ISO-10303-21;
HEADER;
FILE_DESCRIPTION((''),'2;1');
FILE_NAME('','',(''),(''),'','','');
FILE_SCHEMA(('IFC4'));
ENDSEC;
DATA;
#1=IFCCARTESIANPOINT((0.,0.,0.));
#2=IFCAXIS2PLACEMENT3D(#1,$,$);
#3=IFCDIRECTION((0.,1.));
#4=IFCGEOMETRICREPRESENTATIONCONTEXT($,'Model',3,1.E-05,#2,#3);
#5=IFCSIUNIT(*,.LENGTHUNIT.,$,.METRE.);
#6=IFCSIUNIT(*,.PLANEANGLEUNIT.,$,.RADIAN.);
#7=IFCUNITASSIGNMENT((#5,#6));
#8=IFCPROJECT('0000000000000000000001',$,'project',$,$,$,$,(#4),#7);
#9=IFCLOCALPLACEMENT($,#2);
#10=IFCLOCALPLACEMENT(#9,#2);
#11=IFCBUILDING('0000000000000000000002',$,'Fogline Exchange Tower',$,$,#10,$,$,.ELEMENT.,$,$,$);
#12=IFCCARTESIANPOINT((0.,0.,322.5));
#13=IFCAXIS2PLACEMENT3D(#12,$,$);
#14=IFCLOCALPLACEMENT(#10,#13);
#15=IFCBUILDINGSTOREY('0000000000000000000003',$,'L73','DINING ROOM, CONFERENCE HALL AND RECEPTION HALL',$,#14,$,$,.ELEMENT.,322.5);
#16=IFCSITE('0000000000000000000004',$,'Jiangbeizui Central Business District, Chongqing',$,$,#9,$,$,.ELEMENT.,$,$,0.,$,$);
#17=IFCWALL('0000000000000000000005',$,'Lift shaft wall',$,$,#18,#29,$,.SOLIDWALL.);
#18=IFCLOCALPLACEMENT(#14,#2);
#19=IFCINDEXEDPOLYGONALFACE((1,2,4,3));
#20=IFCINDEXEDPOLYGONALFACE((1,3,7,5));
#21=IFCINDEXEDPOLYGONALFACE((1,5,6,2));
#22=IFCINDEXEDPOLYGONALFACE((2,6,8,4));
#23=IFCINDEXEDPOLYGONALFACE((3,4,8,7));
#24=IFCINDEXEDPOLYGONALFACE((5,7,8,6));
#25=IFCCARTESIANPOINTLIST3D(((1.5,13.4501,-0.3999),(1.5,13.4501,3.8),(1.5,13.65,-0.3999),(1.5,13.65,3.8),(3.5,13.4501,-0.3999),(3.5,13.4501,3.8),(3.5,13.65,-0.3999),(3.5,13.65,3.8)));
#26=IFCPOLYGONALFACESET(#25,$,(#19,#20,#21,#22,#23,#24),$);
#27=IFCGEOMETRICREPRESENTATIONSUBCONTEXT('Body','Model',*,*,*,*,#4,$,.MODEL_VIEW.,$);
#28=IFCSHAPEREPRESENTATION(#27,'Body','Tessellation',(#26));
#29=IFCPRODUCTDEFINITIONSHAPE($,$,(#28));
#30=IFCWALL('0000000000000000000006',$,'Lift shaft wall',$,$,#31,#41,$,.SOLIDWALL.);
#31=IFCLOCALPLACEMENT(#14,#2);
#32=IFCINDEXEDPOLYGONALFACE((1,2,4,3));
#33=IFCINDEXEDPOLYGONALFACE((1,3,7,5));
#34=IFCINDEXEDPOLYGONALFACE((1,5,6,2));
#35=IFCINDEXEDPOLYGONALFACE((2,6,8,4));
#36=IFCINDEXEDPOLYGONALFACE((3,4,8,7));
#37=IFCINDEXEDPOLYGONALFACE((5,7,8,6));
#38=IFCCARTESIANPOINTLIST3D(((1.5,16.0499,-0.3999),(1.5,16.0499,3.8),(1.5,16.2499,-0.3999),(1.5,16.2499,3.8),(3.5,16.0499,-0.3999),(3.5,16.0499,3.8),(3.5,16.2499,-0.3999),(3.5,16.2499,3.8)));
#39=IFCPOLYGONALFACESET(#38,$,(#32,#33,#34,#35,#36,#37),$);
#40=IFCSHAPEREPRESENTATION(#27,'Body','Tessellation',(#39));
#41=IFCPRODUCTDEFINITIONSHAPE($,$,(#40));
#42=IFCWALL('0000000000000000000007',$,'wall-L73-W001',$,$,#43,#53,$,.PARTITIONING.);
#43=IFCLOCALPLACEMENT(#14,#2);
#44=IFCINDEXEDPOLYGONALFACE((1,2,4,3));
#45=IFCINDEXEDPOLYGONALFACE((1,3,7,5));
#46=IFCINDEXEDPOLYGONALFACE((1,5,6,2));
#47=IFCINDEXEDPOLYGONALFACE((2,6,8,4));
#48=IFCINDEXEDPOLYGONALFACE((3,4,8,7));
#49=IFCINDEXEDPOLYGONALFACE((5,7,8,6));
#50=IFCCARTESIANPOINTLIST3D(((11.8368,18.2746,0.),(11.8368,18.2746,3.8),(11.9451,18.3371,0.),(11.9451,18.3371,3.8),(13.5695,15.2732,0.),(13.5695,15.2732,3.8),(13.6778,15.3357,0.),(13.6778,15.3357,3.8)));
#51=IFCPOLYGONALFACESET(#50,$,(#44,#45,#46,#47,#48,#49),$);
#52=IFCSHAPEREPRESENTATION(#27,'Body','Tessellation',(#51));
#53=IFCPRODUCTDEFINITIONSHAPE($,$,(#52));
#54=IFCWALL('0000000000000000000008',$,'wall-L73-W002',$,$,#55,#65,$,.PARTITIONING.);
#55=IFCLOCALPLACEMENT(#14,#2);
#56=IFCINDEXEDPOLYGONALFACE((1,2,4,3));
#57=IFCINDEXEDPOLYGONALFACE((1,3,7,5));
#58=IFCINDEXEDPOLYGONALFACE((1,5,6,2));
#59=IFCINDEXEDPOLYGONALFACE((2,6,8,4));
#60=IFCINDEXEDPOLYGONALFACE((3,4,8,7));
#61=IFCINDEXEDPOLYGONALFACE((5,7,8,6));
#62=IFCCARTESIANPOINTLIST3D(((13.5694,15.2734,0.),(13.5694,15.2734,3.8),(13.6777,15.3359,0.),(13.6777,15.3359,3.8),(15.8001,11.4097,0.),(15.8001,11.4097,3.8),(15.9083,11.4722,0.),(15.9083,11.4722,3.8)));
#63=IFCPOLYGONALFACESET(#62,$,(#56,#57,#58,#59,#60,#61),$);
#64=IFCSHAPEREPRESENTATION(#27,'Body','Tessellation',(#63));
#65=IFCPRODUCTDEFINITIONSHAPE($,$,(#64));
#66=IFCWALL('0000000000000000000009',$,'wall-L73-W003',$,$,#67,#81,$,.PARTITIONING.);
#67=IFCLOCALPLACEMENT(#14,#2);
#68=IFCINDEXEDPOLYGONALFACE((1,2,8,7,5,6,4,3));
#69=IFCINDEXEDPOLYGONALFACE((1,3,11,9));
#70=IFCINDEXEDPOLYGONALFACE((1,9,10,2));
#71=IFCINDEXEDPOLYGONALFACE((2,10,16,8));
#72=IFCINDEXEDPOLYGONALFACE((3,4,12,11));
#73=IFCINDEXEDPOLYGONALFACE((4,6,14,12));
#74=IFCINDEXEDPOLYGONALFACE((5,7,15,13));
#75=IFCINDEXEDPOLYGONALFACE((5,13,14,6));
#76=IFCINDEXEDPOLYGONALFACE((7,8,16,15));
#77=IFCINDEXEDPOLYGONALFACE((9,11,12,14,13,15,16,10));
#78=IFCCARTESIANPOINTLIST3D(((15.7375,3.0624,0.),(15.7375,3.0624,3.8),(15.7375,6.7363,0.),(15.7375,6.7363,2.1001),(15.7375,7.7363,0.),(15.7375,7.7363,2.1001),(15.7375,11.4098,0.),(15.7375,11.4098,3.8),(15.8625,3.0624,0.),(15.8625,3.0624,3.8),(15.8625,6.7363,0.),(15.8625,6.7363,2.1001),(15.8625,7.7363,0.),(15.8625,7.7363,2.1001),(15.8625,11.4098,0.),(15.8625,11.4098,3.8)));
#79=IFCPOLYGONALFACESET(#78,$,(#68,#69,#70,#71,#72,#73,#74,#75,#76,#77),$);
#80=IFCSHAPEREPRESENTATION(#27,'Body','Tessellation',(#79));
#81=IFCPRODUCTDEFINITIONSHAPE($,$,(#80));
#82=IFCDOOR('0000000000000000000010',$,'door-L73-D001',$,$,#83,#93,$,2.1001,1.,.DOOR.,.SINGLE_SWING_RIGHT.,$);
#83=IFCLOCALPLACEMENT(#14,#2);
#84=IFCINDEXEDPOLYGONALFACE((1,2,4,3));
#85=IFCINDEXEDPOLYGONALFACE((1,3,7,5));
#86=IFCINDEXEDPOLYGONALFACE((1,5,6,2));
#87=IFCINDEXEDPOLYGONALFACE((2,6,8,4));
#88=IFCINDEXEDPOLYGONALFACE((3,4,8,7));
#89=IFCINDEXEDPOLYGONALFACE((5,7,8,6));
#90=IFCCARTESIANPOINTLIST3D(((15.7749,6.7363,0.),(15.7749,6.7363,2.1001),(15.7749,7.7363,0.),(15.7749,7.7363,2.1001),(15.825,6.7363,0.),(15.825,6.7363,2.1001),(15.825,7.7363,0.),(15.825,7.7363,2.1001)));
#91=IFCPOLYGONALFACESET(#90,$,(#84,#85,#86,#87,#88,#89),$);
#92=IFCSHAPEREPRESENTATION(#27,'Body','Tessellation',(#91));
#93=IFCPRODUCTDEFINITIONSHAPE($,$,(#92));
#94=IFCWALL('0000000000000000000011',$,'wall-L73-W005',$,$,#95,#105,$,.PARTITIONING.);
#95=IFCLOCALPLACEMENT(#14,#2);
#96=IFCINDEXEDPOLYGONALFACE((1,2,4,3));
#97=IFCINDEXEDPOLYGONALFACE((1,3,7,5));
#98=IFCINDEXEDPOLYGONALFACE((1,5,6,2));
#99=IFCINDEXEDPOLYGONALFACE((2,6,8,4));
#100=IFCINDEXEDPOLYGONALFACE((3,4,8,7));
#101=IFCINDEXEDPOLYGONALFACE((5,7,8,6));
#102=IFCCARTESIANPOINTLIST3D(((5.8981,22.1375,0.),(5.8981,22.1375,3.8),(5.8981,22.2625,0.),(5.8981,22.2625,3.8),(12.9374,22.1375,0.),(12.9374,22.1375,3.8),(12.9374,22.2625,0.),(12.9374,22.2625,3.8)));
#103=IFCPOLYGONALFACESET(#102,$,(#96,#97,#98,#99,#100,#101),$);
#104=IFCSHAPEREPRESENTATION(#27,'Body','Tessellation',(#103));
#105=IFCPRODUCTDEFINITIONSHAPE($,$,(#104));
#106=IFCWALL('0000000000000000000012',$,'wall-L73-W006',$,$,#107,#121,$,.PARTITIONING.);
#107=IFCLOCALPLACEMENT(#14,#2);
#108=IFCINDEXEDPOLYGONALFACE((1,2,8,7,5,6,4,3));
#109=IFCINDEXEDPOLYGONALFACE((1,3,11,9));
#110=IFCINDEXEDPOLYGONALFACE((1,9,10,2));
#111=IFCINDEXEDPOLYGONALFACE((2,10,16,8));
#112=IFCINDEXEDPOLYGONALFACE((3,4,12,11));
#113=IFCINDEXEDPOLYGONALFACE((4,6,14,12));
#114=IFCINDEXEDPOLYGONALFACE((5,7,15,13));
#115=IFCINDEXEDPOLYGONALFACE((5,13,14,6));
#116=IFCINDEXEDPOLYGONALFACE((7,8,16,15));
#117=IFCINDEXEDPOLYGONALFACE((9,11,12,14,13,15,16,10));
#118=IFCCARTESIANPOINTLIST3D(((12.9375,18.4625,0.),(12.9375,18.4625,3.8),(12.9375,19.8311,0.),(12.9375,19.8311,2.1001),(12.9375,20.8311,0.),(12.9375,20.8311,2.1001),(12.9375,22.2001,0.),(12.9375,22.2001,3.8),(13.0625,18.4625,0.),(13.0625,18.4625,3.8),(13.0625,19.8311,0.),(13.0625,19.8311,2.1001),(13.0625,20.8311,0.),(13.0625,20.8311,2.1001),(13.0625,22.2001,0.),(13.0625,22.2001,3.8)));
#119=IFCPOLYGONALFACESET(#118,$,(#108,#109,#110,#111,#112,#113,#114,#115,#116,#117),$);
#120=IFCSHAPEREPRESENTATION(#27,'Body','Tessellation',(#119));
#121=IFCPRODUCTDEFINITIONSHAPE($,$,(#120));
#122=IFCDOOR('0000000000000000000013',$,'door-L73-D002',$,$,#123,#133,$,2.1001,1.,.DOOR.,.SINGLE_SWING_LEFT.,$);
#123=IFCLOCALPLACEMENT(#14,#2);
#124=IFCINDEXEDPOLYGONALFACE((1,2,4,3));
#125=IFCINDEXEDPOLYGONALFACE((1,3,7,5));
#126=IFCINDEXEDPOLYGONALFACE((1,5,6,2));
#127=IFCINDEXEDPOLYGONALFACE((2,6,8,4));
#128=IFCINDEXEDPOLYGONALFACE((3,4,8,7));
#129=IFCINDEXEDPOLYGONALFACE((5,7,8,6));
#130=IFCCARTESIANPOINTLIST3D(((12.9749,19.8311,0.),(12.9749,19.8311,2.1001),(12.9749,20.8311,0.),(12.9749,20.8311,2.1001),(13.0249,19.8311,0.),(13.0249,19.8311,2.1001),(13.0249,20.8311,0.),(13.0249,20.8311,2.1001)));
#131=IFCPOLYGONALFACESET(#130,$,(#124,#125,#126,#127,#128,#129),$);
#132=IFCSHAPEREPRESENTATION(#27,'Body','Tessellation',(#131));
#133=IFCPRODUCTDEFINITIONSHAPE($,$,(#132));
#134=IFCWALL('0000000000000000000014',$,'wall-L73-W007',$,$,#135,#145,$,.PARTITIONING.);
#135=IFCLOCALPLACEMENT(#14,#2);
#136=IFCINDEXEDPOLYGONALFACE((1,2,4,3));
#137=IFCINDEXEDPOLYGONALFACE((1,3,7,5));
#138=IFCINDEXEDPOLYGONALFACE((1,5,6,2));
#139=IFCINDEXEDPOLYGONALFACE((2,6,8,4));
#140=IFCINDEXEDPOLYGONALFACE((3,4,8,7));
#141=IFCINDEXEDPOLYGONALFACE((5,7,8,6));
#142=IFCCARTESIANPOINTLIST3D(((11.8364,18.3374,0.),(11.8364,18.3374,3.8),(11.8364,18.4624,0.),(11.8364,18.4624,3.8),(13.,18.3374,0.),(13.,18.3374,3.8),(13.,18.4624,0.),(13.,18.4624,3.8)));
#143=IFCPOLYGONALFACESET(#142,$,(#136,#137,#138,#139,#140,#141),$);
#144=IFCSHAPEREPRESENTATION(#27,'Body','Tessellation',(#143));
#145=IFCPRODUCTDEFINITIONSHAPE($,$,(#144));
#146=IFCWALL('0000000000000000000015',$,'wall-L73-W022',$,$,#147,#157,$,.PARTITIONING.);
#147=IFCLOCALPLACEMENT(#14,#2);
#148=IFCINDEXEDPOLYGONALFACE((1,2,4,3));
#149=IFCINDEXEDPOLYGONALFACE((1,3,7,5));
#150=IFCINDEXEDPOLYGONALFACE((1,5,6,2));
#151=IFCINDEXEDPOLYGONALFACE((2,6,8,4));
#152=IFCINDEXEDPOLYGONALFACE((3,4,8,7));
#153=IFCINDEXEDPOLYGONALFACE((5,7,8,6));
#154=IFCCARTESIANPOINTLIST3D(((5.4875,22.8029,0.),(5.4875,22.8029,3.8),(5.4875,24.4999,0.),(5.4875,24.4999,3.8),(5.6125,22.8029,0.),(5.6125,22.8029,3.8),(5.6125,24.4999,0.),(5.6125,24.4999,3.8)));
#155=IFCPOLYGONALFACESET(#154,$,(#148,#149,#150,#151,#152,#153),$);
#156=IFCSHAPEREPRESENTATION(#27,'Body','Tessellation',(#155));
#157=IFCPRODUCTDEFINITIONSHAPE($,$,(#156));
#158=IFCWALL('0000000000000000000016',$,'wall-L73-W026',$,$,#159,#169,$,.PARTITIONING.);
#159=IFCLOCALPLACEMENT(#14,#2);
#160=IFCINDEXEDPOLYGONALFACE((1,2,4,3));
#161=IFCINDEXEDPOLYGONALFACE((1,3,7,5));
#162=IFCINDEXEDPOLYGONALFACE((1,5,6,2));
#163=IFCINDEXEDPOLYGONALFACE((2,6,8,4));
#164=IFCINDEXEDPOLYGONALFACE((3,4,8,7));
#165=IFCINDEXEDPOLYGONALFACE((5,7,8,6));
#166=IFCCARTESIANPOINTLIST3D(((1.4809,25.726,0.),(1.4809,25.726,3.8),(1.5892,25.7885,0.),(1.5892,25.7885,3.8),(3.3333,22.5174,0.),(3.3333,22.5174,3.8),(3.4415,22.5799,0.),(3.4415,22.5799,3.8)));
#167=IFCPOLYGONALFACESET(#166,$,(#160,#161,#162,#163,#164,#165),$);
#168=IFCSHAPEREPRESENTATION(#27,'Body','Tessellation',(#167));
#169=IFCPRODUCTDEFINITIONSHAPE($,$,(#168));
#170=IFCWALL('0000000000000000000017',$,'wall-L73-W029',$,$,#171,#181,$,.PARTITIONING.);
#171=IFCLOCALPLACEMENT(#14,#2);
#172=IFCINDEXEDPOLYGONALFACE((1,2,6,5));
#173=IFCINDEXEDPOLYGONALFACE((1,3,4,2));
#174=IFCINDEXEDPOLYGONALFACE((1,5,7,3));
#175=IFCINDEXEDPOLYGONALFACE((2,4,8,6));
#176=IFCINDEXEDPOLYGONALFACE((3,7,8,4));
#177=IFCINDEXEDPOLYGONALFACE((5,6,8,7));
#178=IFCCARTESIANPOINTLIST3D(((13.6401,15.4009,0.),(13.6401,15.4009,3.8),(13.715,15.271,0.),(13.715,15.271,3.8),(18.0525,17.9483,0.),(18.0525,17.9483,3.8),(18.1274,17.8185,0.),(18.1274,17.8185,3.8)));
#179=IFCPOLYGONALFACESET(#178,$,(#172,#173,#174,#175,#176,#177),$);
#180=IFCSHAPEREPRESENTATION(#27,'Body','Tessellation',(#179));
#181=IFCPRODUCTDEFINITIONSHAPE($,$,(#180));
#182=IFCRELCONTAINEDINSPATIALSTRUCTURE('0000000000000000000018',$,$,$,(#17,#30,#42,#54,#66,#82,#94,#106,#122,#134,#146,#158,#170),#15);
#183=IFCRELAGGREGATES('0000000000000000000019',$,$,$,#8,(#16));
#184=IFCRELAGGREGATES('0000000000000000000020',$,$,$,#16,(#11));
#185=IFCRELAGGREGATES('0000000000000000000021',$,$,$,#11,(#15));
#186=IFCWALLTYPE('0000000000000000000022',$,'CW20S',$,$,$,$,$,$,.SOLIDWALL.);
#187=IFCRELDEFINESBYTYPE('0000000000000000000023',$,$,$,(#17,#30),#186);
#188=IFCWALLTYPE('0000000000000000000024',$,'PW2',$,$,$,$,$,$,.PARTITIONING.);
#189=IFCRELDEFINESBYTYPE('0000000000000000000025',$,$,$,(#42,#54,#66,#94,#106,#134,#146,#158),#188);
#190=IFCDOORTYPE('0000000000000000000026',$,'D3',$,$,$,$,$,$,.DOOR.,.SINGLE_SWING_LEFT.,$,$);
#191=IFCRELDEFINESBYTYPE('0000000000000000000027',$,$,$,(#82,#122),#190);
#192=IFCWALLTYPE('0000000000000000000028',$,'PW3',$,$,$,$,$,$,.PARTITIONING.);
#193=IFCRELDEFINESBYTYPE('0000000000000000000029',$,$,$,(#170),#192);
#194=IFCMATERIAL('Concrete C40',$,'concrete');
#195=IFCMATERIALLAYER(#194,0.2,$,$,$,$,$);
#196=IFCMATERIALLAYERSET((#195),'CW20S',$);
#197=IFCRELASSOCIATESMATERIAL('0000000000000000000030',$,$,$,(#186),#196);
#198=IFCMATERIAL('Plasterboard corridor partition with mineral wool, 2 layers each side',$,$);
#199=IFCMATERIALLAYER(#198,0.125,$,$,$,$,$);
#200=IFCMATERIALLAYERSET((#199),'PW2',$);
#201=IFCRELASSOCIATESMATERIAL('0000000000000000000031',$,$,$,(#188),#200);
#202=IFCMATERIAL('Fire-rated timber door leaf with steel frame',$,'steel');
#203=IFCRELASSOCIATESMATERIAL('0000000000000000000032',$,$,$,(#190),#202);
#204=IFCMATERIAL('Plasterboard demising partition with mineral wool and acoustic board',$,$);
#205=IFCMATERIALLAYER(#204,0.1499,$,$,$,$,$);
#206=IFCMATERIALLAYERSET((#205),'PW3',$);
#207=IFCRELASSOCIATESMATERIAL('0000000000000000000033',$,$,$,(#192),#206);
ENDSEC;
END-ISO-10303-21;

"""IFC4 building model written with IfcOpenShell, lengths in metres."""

from ifc_helpers import new_model, si_unit, direction, frame, frame_2d, origin, place, context, subcontext, project, spatial, rectangle, extrude, material, layer, layer_set, type_object, element, fill, save


model = new_model("IFC4")

# Units and contexts
model_context = context("Model", 3, precision=1e-05, world=origin(), true_north=direction((0.0, 1.0)))
body_context = subcontext(model_context, "Body", "Model", "MODEL_VIEW")
ifc_project = project(units=[si_unit("LENGTHUNIT", "METRE"), si_unit("PLANEANGLEUNIT", "RADIAN")], contexts=[model_context])

# Site, building, storey
site_placement = place(None, origin())
site = spatial("IfcSite", under=ifc_project, at=site_placement, Name="Jiangbeizui Central Business District, Chongqing", CompositionType="ELEMENT", RefElevation=0.0)
building_placement = place(site_placement, origin())
building = spatial("IfcBuilding", under=site, at=building_placement, Name="Fogline Exchange Tower", CompositionType="ELEMENT")
storey_placement = place(building_placement, frame((0.0, 0.0, 322.5)))
storey = spatial("IfcBuildingStorey", under=building, at=storey_placement, Name="L73", Description="DINING ROOM, CONFERENCE HALL AND RECEPTION HALL", CompositionType="ELEMENT", Elevation=322.5)

# Shared definitions
ifc_material_1 = material(Name="Concrete C40", Category="concrete")

# Walls
ifc_layer_1 = layer(ifc_material_1, 0.2)
ifc_layer_set_1 = layer_set([ifc_layer_1], Name="CW20S")
wall_type_1 = type_object("IfcWallType", Name="CW20S", PredefinedType="SOLIDWALL", material=ifc_layer_set_1)
for number, where, z_axis, x_axis, name in (
    (1, (1.5, 13.55, -0.3999), (0.0, 0.0, 1.0), (1.0, 0.0, 0.0), "Lift shaft wall"),
    (2, (1.5, 16.1499, -0.3999), (0.0, 0.0, 1.0), (1.0, 0.0, 0.0), "Lift shaft wall"),
):
    element("IfcWall", number, at=place(storey_placement, frame(where, z_axis=z_axis, x_axis=x_axis)), inside=storey, type_object=wall_type_1, Name=name, PredefinedType="SOLIDWALL", context=body_context, shape_type="SweptSolid", body=[
        extrude(rectangle(XDim=2.0, YDim=0.2, at=frame_2d((1.0, 0.0))), origin(), (0.0, 0.0, 1.0), 4.2),
    ])
ifc_material_2 = material(Name="Plasterboard corridor partition with mineral wool, 2 layers each side")
ifc_layer_2 = layer(ifc_material_2, 0.125)
ifc_layer_set_2 = layer_set([ifc_layer_2], Name="PW2")
wall_type_2 = type_object("IfcWallType", Name="PW2", PredefinedType="PARTITIONING", material=ifc_layer_set_2)
wall_1_placement = place(storey_placement, frame((11.8909, 18.3059, 0.0), z_axis=(0.0, 0.0, 1.0), x_axis=(0.499981, -0.866037, 0.0)))
element("IfcWall", 3, at=wall_1_placement, inside=storey, type_object=wall_type_2, Name="wall-L73-W001", PredefinedType="PARTITIONING", context=body_context, shape_type="SweptSolid", body=[
    extrude(rectangle(XDim=3.4656, YDim=0.125, at=frame_2d((1.7329, 0.0))), origin(), (0.0, 0.0, 1.0), 3.8),
])
wall_2_placement = place(storey_placement, frame((13.6235, 15.3047, 0.0), z_axis=(0.0, 0.0, 1.0), x_axis=(0.499994, -0.866029, 0.0)))
element("IfcWall", 4, at=wall_2_placement, inside=storey, type_object=wall_type_2, Name="wall-L73-W002", PredefinedType="PARTITIONING", context=body_context, shape_type="SweptSolid", body=[
    extrude(rectangle(XDim=4.4614, YDim=0.125, at=frame_2d((2.2307, 0.0))), origin(), (0.0, 0.0, 1.0), 3.8),
])

# Wall, opening, door
wall_3_placement = place(storey_placement, frame((15.8, 11.4099, 0.0), z_axis=(0.0, 0.0, 1.0), x_axis=(0.0, -1.0, 0.0)))
wall_3 = element("IfcWall", 5, at=wall_3_placement, inside=storey, type_object=wall_type_2, Name="wall-L73-W003", PredefinedType="PARTITIONING", context=body_context, shape_type="SweptSolid", body=[
    extrude(rectangle(XDim=8.3474, YDim=0.125, at=frame_2d((4.1738, 0.0))), origin(), (0.0, 0.0, 1.0), 3.8),
])
opening_1_placement = place(wall_3_placement, frame((3.6736, 0.0, 0.0)))
opening_1 = element("IfcOpeningElement", 6, at=opening_1_placement, cuts=wall_3, PredefinedType="OPENING", context=body_context, shape_type="SweptSolid", body=[
    extrude(rectangle(XDim=1.0, YDim=2.1001, at=frame_2d((0.5, 1.05))), frame((0.0, 0.0725, 0.0), z_axis=(0.0, -1.0, 0.0), x_axis=(1.0, 0.0, 0.0)), (0.0, 0.0, 1.0), 0.145),
])
ifc_material_3 = material(Name="Fire-rated timber door leaf with steel frame", Category="steel")
door_type_1 = type_object("IfcDoorType", Name="D3", OperationType="SINGLE_SWING_LEFT", PredefinedType="DOOR", material=ifc_material_3)
door_1_placement = place(opening_1_placement, origin())
door_1 = element("IfcDoor", 7, at=door_1_placement, inside=storey, type_object=door_type_1, Name="door-L73-D001", OperationType="SINGLE_SWING_RIGHT", OverallHeight=2.1001, OverallWidth=1.0, PredefinedType="DOOR", context=body_context, shape_type="SweptSolid", body=[
    extrude(rectangle(XDim=1.0, YDim=2.1001, at=frame_2d((0.5, 1.05))), frame((0.0, 0.0249, 0.0), z_axis=(0.0, -1.0, 0.0), x_axis=(1.0, 0.0, 0.0)), (0.0, 0.0, 1.0), 0.05),
])
fill(opening_1, door_1)

# Wall
wall_4_placement = place(storey_placement, frame((5.8982, 22.2, 0.0), z_axis=(0.0, 0.0, 1.0), x_axis=(1.0, 0.0, 0.0)))
element("IfcWall", 8, at=wall_4_placement, inside=storey, type_object=wall_type_2, Name="wall-L73-W005", PredefinedType="PARTITIONING", context=body_context, shape_type="SweptSolid", body=[
    extrude(rectangle(XDim=7.0393, YDim=0.125, at=frame_2d((3.5195, 0.0))), origin(), (0.0, 0.0, 1.0), 3.8),
])

# Wall, opening, door
wall_5_placement = place(storey_placement, frame((13.0, 22.2, 0.0), z_axis=(0.0, 0.0, 1.0), x_axis=(0.0, -1.0, 0.0)))
wall_5 = element("IfcWall", 9, at=wall_5_placement, inside=storey, type_object=wall_type_2, Name="wall-L73-W006", PredefinedType="PARTITIONING", context=body_context, shape_type="SweptSolid", body=[
    extrude(rectangle(XDim=3.7375, YDim=0.125, at=frame_2d((1.8687, 0.0))), origin(), (0.0, 0.0, 1.0), 3.8),
])
opening_2_placement = place(wall_5_placement, frame((1.3689, 0.0, 0.0)))
opening_2 = element("IfcOpeningElement", 10, at=opening_2_placement, cuts=wall_5, PredefinedType="OPENING", context=body_context, shape_type="SweptSolid", body=[
    extrude(rectangle(XDim=1.0, YDim=2.1001, at=frame_2d((0.5, 1.05))), frame((0.0, 0.0725, 0.0), z_axis=(0.0, -1.0, 0.0), x_axis=(1.0, 0.0, 0.0)), (0.0, 0.0, 1.0), 0.145),
])
door_2_placement = place(opening_2_placement, origin())
door_2 = element("IfcDoor", 11, at=door_2_placement, inside=storey, type_object=door_type_1, Name="door-L73-D002", OperationType="SINGLE_SWING_LEFT", OverallHeight=2.1001, OverallWidth=1.0, PredefinedType="DOOR", context=body_context, shape_type="SweptSolid", body=[
    extrude(rectangle(XDim=1.0, YDim=2.1001, at=frame_2d((0.5, 1.05))), frame((0.0, 0.0249, 0.0), z_axis=(0.0, -1.0, 0.0), x_axis=(1.0, 0.0, 0.0)), (0.0, 0.0, 1.0), 0.05),
])
fill(opening_2, door_2)

# Walls
wall_6_placement = place(storey_placement, frame((13.0, 18.3999, 0.0), z_axis=(0.0, 0.0, 1.0), x_axis=(-1.0, 0.0, 0.0)))
element("IfcWall", 12, at=wall_6_placement, inside=storey, type_object=wall_type_2, Name="wall-L73-W007", PredefinedType="PARTITIONING", context=body_context, shape_type="SweptSolid", body=[
    extrude(rectangle(XDim=1.1636, YDim=0.125, at=frame_2d((0.5818, 0.0))), origin(), (0.0, 0.0, 1.0), 3.8),
])
wall_7_placement = place(storey_placement, frame((5.55, 24.5, 0.0), z_axis=(0.0, 0.0, 1.0), x_axis=(0.0, -1.0, 0.0)))
element("IfcWall", 13, at=wall_7_placement, inside=storey, type_object=wall_type_2, Name="wall-L73-W022", PredefinedType="PARTITIONING", context=body_context, shape_type="SweptSolid", body=[
    extrude(rectangle(XDim=1.697, YDim=0.125, at=frame_2d((0.8486, 0.0))), origin(), (0.0, 0.0, 1.0), 3.8),
])
wall_8_placement = place(storey_placement, frame((3.3875, 22.5486, 0.0), z_axis=(0.0, 0.0, 1.0), x_axis=(-0.499973, 0.866041, 0.0)))
element("IfcWall", 14, at=wall_8_placement, inside=storey, type_object=wall_type_2, Name="wall-L73-W026", PredefinedType="PARTITIONING", context=body_context, shape_type="SweptSolid", body=[
    extrude(rectangle(XDim=3.7048, YDim=0.125, at=frame_2d((1.8525, 0.0))), origin(), (0.0, 0.0, 1.0), 3.8),
])
ifc_material_4 = material(Name="Plasterboard demising partition with mineral wool and acoustic board")
ifc_layer_3 = layer(ifc_material_4, 0.1499)
ifc_layer_set_3 = layer_set([ifc_layer_3], Name="PW3")
wall_type_3 = type_object("IfcWallType", Name="PW3", PredefinedType="PARTITIONING", material=ifc_layer_set_3)
wall_9_placement = place(storey_placement, frame((18.0898, 17.8833, 0.0), z_axis=(0.0, 0.0, 1.0), x_axis=(-0.866035, -0.499984, 0.0)))
element("IfcWall", 15, at=wall_9_placement, inside=storey, type_object=wall_type_3, Name="wall-L73-W029", PredefinedType="PARTITIONING", context=body_context, shape_type="SweptSolid", body=[
    extrude(rectangle(XDim=5.095, YDim=0.1499, at=frame_2d((2.5474, 0.0))), origin(), (0.0, 0.0, 1.0), 3.8),
])

save(model, "model.ifc")
